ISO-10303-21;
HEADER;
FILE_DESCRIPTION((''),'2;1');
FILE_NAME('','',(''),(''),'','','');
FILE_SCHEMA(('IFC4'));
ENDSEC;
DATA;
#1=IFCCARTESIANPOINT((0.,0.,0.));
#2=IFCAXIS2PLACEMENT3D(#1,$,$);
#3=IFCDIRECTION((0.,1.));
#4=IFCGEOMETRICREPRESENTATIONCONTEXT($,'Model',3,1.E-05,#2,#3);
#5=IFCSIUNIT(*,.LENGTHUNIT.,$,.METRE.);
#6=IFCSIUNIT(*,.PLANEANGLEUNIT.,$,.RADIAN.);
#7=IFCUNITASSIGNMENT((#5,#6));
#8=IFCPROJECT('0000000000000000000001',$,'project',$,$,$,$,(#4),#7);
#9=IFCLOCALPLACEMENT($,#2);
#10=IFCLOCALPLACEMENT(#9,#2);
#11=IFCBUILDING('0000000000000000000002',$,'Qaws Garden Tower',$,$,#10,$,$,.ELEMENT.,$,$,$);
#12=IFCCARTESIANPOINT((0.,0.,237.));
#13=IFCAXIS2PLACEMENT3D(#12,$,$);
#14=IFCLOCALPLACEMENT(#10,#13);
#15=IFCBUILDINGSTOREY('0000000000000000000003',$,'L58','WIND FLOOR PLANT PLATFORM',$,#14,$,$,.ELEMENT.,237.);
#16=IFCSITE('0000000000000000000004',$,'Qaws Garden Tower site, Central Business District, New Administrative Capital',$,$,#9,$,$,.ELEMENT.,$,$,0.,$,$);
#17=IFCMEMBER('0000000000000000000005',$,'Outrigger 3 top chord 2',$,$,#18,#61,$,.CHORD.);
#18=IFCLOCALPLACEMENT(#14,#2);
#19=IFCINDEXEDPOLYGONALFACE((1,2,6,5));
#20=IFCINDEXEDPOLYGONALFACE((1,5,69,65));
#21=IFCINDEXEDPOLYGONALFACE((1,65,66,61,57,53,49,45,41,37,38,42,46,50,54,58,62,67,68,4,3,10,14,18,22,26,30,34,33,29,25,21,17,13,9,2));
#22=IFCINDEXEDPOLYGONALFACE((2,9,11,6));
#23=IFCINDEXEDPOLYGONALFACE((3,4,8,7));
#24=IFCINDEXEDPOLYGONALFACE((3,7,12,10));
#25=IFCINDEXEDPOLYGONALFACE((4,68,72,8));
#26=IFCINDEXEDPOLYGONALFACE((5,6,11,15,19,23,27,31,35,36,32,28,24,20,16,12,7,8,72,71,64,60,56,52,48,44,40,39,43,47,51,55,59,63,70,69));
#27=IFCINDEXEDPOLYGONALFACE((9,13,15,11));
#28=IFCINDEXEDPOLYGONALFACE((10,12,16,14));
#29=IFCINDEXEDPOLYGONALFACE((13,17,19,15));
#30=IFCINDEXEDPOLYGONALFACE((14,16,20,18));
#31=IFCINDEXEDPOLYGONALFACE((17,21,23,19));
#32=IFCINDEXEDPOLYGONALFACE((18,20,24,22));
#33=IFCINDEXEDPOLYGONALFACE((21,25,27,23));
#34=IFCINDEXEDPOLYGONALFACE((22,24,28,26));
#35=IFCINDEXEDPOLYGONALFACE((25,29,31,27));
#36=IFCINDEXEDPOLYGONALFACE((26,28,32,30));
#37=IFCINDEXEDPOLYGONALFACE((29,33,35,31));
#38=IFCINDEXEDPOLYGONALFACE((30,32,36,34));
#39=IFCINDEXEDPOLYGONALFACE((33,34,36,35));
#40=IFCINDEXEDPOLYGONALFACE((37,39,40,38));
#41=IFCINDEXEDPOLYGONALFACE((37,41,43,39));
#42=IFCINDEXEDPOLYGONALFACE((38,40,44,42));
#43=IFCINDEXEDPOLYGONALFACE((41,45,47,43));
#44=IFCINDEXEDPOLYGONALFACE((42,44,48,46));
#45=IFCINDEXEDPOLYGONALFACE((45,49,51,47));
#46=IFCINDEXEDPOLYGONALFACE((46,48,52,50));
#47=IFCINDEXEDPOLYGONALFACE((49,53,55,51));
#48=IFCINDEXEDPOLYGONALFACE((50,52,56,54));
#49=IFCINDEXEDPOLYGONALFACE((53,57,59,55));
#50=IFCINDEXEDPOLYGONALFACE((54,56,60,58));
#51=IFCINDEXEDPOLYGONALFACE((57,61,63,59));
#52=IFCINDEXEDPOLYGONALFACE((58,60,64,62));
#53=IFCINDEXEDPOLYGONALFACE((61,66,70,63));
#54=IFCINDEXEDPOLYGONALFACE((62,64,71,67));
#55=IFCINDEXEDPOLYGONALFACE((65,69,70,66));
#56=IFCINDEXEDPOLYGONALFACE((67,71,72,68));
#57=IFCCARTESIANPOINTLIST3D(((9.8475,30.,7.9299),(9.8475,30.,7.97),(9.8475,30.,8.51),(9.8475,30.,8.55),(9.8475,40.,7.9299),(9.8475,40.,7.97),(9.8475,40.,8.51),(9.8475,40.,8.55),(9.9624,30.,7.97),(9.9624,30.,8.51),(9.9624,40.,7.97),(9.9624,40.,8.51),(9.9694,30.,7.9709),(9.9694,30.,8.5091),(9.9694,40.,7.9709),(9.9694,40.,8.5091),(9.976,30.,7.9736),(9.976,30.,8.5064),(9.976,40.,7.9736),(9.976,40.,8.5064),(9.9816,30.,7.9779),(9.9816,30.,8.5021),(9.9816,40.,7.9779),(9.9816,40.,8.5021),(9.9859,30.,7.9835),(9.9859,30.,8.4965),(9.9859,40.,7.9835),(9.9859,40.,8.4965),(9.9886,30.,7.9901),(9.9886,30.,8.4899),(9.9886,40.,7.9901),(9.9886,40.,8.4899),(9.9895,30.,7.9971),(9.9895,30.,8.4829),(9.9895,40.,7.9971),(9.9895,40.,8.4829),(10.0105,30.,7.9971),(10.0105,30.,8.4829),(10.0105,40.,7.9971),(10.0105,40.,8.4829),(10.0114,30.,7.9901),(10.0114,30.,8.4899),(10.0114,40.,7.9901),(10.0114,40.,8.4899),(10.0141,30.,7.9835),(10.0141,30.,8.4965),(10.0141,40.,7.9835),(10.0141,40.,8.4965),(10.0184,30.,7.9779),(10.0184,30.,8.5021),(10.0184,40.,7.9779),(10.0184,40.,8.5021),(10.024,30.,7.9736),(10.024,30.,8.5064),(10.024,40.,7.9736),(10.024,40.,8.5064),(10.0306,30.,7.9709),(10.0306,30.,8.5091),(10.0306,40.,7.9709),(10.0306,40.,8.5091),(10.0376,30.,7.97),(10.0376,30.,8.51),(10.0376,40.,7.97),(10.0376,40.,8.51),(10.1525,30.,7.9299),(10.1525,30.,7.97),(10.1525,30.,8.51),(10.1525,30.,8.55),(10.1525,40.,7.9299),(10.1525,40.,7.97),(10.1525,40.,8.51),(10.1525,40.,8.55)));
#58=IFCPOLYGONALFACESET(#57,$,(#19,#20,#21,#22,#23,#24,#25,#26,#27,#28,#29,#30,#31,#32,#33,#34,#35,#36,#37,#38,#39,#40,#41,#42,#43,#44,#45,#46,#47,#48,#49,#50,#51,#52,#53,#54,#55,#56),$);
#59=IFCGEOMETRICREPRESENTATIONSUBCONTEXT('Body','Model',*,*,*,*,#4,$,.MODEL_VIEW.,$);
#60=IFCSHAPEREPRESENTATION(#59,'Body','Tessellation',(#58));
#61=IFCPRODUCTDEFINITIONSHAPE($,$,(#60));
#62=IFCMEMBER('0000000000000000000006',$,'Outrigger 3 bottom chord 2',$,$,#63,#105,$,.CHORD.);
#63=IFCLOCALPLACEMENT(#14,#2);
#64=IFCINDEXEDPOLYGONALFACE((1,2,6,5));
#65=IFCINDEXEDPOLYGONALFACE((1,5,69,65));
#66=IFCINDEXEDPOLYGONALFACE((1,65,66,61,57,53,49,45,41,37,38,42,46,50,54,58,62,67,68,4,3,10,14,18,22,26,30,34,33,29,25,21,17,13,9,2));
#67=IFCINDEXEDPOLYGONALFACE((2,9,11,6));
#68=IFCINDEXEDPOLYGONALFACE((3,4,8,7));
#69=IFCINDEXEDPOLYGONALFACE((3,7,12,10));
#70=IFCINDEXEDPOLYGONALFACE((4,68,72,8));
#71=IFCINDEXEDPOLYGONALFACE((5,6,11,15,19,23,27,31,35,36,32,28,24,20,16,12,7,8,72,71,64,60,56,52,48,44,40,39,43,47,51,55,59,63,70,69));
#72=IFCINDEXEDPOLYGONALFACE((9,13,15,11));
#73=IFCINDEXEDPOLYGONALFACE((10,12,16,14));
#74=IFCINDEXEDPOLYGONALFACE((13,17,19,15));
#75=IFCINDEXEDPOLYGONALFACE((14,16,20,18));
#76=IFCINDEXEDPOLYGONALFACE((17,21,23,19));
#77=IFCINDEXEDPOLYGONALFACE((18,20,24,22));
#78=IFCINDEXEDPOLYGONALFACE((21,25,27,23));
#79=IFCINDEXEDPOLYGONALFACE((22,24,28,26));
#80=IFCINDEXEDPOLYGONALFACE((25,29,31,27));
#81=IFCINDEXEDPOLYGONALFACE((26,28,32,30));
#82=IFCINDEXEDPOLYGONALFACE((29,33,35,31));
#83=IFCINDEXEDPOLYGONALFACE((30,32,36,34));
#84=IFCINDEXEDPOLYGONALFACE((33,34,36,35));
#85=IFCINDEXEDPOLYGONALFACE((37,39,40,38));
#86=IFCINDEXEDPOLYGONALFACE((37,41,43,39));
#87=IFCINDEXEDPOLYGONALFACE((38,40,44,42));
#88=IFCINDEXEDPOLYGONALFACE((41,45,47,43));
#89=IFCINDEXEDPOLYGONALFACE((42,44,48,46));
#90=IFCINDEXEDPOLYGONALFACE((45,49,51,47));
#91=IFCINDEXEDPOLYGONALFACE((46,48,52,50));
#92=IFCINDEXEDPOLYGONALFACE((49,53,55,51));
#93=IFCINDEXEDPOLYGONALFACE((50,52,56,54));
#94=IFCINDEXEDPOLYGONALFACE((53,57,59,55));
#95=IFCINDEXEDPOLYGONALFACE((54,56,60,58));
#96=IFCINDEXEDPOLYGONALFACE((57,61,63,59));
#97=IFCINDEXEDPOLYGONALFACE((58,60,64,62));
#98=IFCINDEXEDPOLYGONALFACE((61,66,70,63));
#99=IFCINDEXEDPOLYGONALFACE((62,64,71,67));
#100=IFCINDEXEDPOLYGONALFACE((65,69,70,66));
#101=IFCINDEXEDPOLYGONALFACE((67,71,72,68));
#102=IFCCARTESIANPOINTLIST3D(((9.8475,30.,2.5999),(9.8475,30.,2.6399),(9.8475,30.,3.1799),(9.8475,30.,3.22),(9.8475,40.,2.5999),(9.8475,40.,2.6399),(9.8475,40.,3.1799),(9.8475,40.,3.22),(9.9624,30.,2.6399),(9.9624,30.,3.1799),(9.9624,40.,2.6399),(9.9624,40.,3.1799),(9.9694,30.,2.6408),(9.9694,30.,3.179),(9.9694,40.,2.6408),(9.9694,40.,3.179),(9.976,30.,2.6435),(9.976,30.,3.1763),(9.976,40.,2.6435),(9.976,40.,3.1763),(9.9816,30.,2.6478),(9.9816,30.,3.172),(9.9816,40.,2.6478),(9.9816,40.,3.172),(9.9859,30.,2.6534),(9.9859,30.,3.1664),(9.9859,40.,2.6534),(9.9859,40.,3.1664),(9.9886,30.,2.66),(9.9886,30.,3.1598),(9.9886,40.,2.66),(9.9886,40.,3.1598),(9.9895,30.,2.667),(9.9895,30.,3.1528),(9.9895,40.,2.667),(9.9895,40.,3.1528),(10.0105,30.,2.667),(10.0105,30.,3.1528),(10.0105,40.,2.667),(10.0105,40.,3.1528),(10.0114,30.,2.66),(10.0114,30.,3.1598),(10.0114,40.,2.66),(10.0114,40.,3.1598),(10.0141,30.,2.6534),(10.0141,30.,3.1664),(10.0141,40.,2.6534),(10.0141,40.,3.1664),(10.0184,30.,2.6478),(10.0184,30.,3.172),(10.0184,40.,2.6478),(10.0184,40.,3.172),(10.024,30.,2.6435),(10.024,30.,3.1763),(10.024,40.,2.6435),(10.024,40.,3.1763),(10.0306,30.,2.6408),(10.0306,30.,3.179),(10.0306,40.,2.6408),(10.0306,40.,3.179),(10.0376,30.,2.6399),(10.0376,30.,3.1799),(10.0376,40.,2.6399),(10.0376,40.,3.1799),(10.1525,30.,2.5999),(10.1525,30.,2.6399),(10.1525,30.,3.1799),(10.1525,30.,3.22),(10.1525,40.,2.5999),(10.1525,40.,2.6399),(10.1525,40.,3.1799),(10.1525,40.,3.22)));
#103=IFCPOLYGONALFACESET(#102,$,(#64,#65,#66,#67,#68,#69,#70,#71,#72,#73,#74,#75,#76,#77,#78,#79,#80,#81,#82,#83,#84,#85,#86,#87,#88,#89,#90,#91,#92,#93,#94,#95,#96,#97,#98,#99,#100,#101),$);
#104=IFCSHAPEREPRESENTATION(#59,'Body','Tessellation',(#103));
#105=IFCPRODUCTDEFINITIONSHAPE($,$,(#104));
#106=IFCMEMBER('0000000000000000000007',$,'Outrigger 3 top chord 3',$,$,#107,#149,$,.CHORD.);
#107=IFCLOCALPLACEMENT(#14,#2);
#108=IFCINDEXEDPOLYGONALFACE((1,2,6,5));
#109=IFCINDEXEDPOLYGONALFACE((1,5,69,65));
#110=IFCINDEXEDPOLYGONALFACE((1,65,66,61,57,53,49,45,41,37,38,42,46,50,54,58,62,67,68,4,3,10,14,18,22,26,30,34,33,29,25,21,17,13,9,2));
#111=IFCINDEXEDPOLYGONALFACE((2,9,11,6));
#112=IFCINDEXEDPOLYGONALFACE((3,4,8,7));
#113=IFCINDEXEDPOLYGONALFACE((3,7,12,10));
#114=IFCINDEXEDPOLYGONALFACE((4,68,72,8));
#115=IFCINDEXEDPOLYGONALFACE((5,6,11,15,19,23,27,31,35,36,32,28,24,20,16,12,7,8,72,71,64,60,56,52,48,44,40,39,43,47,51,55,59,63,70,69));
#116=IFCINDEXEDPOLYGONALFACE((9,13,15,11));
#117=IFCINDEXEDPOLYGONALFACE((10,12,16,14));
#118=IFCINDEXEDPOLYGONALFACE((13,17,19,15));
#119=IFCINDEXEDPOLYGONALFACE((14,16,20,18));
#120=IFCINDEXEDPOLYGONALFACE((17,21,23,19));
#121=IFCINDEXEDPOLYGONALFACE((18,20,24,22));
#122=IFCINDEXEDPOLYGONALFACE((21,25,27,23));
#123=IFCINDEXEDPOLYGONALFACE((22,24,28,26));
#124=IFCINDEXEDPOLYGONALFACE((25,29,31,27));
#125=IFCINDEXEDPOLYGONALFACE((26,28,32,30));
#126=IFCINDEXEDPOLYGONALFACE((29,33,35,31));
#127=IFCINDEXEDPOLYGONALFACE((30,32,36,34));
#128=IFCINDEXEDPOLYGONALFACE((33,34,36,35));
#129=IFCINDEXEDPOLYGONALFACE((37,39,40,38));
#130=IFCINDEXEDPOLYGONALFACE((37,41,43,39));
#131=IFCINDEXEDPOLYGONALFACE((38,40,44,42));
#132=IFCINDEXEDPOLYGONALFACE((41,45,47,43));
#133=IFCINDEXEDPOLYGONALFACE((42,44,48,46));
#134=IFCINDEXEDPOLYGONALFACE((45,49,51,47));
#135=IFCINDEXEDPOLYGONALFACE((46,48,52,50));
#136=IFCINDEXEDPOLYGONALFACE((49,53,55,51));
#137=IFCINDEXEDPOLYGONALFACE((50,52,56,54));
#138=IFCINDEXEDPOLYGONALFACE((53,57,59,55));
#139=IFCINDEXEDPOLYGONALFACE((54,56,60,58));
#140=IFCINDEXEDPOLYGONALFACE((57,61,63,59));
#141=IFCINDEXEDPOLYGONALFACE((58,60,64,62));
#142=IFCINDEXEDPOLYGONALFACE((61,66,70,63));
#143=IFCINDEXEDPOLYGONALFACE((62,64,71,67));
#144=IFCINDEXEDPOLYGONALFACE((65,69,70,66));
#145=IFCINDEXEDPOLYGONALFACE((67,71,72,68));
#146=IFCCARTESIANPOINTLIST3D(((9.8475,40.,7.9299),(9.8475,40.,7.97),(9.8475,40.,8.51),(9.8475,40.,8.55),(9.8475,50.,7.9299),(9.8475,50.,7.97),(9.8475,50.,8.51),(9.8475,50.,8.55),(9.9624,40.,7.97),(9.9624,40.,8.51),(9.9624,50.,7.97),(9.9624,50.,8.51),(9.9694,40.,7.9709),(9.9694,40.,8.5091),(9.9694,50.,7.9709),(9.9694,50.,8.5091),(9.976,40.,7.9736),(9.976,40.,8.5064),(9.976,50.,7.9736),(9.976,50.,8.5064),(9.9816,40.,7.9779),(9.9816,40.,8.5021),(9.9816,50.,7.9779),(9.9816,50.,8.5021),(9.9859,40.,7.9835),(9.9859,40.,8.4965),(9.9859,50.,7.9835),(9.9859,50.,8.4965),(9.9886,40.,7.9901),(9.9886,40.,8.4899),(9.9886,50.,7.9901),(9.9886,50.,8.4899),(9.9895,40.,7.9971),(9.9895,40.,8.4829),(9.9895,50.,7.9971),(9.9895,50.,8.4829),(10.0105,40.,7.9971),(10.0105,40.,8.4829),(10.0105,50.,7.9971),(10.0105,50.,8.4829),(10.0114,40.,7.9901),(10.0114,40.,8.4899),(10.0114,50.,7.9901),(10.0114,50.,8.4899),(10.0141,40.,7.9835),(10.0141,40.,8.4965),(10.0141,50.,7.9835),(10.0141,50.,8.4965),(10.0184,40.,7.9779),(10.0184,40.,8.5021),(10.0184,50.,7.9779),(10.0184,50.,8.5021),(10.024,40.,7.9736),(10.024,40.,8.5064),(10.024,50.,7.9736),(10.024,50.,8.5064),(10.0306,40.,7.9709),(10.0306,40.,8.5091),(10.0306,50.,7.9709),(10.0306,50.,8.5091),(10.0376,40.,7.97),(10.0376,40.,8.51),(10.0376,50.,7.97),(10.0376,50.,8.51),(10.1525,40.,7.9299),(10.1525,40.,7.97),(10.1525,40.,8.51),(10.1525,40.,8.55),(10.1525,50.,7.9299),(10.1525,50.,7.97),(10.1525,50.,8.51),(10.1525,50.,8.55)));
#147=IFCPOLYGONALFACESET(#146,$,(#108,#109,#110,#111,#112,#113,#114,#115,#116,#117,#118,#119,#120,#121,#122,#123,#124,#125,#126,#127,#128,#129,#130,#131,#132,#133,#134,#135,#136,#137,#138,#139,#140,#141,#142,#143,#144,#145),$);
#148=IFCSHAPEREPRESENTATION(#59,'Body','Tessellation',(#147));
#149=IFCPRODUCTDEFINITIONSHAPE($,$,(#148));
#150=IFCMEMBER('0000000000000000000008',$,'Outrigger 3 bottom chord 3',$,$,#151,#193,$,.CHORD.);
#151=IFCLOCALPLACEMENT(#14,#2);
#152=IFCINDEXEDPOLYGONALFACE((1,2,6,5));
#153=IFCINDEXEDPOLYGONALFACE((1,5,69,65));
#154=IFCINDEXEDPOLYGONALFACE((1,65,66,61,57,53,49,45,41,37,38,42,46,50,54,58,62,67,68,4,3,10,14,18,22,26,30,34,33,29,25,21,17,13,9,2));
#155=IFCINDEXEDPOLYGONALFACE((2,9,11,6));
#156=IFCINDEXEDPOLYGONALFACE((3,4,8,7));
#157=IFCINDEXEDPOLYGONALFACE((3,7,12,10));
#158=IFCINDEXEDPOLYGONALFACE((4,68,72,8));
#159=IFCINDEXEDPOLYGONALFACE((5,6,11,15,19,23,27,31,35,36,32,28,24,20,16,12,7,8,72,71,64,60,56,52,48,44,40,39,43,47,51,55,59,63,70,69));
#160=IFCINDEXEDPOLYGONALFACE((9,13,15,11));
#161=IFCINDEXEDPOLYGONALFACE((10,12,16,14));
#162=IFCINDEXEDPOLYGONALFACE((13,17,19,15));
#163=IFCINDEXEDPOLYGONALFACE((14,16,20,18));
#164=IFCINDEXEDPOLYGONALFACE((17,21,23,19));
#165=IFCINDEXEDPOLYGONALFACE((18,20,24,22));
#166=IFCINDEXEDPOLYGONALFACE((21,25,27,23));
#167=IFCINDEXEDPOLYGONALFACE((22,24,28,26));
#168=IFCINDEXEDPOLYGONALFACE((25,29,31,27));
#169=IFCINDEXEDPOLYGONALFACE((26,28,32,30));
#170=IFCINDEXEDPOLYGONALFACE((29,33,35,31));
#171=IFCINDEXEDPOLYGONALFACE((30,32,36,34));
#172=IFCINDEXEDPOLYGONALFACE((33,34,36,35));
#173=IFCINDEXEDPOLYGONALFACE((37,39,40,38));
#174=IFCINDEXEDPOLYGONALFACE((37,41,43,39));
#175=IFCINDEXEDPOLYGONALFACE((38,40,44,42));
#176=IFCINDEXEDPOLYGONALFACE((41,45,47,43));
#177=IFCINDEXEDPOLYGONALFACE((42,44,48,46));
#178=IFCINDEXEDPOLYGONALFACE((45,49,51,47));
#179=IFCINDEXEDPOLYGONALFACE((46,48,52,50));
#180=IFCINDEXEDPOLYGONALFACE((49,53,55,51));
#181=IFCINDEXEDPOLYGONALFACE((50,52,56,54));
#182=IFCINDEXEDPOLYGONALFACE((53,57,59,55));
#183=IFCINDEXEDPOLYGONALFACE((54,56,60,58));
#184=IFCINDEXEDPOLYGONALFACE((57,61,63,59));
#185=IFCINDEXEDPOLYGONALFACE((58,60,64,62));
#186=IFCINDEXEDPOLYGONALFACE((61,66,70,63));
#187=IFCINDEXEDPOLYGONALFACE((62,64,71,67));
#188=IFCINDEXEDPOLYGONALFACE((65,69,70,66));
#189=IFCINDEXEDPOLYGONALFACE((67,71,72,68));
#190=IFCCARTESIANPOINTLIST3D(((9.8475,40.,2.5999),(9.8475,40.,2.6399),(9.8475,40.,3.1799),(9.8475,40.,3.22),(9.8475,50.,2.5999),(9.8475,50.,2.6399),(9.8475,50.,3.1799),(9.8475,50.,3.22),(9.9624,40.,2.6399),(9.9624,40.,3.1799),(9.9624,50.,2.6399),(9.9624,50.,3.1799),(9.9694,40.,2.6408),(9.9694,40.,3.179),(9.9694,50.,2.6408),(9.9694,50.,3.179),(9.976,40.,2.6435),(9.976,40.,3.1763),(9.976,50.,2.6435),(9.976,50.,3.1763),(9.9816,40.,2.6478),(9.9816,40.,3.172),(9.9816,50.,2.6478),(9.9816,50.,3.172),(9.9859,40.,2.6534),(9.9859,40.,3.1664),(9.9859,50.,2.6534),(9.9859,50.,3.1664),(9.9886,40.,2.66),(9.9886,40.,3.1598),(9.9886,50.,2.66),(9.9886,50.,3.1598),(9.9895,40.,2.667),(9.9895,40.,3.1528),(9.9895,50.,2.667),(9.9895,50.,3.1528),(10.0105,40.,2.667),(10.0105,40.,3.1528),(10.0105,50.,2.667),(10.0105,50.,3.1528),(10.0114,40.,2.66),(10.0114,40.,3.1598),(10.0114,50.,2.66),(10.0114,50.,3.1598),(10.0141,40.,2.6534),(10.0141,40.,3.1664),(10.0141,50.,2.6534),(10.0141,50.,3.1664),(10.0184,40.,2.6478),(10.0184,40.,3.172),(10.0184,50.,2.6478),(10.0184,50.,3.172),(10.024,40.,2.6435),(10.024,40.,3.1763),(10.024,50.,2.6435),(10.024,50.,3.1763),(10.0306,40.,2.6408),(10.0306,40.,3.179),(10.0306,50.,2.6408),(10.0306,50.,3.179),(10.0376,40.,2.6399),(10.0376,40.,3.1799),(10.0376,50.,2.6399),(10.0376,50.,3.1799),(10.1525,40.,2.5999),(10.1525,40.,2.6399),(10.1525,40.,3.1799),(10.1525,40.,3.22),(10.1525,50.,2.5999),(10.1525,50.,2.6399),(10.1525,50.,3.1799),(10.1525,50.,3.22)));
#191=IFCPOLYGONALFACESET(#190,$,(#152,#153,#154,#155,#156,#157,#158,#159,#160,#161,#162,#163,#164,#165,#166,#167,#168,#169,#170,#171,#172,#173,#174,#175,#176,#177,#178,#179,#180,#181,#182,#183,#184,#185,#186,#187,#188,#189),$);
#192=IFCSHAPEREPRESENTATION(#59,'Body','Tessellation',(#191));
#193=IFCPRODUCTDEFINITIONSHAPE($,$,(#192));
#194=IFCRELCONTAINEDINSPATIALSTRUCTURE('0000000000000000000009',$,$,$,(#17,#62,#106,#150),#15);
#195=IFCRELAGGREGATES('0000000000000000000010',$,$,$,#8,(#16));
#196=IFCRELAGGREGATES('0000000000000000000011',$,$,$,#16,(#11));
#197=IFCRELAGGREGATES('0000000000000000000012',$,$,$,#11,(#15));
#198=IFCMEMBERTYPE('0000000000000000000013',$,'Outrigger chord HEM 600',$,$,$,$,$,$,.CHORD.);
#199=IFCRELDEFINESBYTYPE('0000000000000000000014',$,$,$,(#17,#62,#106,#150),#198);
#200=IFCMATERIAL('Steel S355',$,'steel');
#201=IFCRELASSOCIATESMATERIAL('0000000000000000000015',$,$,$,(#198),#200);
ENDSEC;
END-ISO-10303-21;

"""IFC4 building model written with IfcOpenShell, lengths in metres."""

from ifc_helpers import new_model, si_unit, direction, frame, origin, origin_2d, place, context, subcontext, project, spatial, i_section, extrude, material, material_profile, profile_set, type_object, element, save


model = new_model("IFC4")

# Units and contexts
model_context = context("Model", 3, precision=1e-05, world=origin(), true_north=direction((0.0, 1.0)))
body_context = subcontext(model_context, "Body", "Model", "MODEL_VIEW")
ifc_project = project(units=[si_unit("LENGTHUNIT", "METRE"), si_unit("PLANEANGLEUNIT", "RADIAN")], contexts=[model_context])

# Site, building, storey
site_placement = place(None, origin())
site = spatial("IfcSite", under=ifc_project, at=site_placement, Name="Qaws Garden Tower site, Central Business District, New Administrative Capital", CompositionType="ELEMENT", RefElevation=0.0)
building_placement = place(site_placement, origin())
building = spatial("IfcBuilding", under=site, at=building_placement, Name="Qaws Garden Tower", CompositionType="ELEMENT")
storey_placement = place(building_placement, frame((0.0, 0.0, 237.0)))
storey = spatial("IfcBuildingStorey", under=building, at=storey_placement, Name="L58", Description="WIND FLOOR PLANT PLATFORM", CompositionType="ELEMENT", Elevation=237.0)

# Members
ifc_material_1 = material(Name="Steel S355", Category="steel")
ifc_material_profile_1 = material_profile(ifc_material_1, i_section(OverallWidth=0.3049, OverallDepth=0.6201, WebThickness=0.021, FlangeThickness=0.04, FilletRadius=0.0271, at=origin_2d()), Name="HEM 600")
ifc_profile_set_1 = profile_set([ifc_material_profile_1], Name="Steel S355")
member_type_1 = type_object("IfcMemberType", Name="Outrigger chord HEM 600", PredefinedType="CHORD", material=ifc_profile_set_1)
for number, where, z_axis, x_axis, name in (
    (1, (10.0, 30.0, 8.24), (0.0, 1.0, 0.0), (-1.0, 0.0, 0.0), "Outrigger 3 top chord 2"),
    (2, (10.0, 30.0, 2.9099), (0.0, 1.0, 0.0), (-1.0, 0.0, 0.0), "Outrigger 3 bottom chord 2"),
    (3, (10.0, 40.0, 8.24), (0.0, 1.0, 0.0), (-1.0, 0.0, 0.0), "Outrigger 3 top chord 3"),
    (4, (10.0, 40.0, 2.9099), (0.0, 1.0, 0.0), (-1.0, 0.0, 0.0), "Outrigger 3 bottom chord 3"),
):
    element("IfcMember", number, at=place(storey_placement, frame(where, z_axis=z_axis, x_axis=x_axis)), inside=storey, type_object=member_type_1, Name=name, PredefinedType="CHORD", context=body_context, shape_type="SweptSolid", body=[
        extrude(i_section(OverallWidth=0.3049, OverallDepth=0.6201, WebThickness=0.021, FlangeThickness=0.04, FilletRadius=0.0271, at=origin_2d()), origin(), (0.0, 0.0, 1.0), 10.0),
    ])

save(model, "model.ifc")
